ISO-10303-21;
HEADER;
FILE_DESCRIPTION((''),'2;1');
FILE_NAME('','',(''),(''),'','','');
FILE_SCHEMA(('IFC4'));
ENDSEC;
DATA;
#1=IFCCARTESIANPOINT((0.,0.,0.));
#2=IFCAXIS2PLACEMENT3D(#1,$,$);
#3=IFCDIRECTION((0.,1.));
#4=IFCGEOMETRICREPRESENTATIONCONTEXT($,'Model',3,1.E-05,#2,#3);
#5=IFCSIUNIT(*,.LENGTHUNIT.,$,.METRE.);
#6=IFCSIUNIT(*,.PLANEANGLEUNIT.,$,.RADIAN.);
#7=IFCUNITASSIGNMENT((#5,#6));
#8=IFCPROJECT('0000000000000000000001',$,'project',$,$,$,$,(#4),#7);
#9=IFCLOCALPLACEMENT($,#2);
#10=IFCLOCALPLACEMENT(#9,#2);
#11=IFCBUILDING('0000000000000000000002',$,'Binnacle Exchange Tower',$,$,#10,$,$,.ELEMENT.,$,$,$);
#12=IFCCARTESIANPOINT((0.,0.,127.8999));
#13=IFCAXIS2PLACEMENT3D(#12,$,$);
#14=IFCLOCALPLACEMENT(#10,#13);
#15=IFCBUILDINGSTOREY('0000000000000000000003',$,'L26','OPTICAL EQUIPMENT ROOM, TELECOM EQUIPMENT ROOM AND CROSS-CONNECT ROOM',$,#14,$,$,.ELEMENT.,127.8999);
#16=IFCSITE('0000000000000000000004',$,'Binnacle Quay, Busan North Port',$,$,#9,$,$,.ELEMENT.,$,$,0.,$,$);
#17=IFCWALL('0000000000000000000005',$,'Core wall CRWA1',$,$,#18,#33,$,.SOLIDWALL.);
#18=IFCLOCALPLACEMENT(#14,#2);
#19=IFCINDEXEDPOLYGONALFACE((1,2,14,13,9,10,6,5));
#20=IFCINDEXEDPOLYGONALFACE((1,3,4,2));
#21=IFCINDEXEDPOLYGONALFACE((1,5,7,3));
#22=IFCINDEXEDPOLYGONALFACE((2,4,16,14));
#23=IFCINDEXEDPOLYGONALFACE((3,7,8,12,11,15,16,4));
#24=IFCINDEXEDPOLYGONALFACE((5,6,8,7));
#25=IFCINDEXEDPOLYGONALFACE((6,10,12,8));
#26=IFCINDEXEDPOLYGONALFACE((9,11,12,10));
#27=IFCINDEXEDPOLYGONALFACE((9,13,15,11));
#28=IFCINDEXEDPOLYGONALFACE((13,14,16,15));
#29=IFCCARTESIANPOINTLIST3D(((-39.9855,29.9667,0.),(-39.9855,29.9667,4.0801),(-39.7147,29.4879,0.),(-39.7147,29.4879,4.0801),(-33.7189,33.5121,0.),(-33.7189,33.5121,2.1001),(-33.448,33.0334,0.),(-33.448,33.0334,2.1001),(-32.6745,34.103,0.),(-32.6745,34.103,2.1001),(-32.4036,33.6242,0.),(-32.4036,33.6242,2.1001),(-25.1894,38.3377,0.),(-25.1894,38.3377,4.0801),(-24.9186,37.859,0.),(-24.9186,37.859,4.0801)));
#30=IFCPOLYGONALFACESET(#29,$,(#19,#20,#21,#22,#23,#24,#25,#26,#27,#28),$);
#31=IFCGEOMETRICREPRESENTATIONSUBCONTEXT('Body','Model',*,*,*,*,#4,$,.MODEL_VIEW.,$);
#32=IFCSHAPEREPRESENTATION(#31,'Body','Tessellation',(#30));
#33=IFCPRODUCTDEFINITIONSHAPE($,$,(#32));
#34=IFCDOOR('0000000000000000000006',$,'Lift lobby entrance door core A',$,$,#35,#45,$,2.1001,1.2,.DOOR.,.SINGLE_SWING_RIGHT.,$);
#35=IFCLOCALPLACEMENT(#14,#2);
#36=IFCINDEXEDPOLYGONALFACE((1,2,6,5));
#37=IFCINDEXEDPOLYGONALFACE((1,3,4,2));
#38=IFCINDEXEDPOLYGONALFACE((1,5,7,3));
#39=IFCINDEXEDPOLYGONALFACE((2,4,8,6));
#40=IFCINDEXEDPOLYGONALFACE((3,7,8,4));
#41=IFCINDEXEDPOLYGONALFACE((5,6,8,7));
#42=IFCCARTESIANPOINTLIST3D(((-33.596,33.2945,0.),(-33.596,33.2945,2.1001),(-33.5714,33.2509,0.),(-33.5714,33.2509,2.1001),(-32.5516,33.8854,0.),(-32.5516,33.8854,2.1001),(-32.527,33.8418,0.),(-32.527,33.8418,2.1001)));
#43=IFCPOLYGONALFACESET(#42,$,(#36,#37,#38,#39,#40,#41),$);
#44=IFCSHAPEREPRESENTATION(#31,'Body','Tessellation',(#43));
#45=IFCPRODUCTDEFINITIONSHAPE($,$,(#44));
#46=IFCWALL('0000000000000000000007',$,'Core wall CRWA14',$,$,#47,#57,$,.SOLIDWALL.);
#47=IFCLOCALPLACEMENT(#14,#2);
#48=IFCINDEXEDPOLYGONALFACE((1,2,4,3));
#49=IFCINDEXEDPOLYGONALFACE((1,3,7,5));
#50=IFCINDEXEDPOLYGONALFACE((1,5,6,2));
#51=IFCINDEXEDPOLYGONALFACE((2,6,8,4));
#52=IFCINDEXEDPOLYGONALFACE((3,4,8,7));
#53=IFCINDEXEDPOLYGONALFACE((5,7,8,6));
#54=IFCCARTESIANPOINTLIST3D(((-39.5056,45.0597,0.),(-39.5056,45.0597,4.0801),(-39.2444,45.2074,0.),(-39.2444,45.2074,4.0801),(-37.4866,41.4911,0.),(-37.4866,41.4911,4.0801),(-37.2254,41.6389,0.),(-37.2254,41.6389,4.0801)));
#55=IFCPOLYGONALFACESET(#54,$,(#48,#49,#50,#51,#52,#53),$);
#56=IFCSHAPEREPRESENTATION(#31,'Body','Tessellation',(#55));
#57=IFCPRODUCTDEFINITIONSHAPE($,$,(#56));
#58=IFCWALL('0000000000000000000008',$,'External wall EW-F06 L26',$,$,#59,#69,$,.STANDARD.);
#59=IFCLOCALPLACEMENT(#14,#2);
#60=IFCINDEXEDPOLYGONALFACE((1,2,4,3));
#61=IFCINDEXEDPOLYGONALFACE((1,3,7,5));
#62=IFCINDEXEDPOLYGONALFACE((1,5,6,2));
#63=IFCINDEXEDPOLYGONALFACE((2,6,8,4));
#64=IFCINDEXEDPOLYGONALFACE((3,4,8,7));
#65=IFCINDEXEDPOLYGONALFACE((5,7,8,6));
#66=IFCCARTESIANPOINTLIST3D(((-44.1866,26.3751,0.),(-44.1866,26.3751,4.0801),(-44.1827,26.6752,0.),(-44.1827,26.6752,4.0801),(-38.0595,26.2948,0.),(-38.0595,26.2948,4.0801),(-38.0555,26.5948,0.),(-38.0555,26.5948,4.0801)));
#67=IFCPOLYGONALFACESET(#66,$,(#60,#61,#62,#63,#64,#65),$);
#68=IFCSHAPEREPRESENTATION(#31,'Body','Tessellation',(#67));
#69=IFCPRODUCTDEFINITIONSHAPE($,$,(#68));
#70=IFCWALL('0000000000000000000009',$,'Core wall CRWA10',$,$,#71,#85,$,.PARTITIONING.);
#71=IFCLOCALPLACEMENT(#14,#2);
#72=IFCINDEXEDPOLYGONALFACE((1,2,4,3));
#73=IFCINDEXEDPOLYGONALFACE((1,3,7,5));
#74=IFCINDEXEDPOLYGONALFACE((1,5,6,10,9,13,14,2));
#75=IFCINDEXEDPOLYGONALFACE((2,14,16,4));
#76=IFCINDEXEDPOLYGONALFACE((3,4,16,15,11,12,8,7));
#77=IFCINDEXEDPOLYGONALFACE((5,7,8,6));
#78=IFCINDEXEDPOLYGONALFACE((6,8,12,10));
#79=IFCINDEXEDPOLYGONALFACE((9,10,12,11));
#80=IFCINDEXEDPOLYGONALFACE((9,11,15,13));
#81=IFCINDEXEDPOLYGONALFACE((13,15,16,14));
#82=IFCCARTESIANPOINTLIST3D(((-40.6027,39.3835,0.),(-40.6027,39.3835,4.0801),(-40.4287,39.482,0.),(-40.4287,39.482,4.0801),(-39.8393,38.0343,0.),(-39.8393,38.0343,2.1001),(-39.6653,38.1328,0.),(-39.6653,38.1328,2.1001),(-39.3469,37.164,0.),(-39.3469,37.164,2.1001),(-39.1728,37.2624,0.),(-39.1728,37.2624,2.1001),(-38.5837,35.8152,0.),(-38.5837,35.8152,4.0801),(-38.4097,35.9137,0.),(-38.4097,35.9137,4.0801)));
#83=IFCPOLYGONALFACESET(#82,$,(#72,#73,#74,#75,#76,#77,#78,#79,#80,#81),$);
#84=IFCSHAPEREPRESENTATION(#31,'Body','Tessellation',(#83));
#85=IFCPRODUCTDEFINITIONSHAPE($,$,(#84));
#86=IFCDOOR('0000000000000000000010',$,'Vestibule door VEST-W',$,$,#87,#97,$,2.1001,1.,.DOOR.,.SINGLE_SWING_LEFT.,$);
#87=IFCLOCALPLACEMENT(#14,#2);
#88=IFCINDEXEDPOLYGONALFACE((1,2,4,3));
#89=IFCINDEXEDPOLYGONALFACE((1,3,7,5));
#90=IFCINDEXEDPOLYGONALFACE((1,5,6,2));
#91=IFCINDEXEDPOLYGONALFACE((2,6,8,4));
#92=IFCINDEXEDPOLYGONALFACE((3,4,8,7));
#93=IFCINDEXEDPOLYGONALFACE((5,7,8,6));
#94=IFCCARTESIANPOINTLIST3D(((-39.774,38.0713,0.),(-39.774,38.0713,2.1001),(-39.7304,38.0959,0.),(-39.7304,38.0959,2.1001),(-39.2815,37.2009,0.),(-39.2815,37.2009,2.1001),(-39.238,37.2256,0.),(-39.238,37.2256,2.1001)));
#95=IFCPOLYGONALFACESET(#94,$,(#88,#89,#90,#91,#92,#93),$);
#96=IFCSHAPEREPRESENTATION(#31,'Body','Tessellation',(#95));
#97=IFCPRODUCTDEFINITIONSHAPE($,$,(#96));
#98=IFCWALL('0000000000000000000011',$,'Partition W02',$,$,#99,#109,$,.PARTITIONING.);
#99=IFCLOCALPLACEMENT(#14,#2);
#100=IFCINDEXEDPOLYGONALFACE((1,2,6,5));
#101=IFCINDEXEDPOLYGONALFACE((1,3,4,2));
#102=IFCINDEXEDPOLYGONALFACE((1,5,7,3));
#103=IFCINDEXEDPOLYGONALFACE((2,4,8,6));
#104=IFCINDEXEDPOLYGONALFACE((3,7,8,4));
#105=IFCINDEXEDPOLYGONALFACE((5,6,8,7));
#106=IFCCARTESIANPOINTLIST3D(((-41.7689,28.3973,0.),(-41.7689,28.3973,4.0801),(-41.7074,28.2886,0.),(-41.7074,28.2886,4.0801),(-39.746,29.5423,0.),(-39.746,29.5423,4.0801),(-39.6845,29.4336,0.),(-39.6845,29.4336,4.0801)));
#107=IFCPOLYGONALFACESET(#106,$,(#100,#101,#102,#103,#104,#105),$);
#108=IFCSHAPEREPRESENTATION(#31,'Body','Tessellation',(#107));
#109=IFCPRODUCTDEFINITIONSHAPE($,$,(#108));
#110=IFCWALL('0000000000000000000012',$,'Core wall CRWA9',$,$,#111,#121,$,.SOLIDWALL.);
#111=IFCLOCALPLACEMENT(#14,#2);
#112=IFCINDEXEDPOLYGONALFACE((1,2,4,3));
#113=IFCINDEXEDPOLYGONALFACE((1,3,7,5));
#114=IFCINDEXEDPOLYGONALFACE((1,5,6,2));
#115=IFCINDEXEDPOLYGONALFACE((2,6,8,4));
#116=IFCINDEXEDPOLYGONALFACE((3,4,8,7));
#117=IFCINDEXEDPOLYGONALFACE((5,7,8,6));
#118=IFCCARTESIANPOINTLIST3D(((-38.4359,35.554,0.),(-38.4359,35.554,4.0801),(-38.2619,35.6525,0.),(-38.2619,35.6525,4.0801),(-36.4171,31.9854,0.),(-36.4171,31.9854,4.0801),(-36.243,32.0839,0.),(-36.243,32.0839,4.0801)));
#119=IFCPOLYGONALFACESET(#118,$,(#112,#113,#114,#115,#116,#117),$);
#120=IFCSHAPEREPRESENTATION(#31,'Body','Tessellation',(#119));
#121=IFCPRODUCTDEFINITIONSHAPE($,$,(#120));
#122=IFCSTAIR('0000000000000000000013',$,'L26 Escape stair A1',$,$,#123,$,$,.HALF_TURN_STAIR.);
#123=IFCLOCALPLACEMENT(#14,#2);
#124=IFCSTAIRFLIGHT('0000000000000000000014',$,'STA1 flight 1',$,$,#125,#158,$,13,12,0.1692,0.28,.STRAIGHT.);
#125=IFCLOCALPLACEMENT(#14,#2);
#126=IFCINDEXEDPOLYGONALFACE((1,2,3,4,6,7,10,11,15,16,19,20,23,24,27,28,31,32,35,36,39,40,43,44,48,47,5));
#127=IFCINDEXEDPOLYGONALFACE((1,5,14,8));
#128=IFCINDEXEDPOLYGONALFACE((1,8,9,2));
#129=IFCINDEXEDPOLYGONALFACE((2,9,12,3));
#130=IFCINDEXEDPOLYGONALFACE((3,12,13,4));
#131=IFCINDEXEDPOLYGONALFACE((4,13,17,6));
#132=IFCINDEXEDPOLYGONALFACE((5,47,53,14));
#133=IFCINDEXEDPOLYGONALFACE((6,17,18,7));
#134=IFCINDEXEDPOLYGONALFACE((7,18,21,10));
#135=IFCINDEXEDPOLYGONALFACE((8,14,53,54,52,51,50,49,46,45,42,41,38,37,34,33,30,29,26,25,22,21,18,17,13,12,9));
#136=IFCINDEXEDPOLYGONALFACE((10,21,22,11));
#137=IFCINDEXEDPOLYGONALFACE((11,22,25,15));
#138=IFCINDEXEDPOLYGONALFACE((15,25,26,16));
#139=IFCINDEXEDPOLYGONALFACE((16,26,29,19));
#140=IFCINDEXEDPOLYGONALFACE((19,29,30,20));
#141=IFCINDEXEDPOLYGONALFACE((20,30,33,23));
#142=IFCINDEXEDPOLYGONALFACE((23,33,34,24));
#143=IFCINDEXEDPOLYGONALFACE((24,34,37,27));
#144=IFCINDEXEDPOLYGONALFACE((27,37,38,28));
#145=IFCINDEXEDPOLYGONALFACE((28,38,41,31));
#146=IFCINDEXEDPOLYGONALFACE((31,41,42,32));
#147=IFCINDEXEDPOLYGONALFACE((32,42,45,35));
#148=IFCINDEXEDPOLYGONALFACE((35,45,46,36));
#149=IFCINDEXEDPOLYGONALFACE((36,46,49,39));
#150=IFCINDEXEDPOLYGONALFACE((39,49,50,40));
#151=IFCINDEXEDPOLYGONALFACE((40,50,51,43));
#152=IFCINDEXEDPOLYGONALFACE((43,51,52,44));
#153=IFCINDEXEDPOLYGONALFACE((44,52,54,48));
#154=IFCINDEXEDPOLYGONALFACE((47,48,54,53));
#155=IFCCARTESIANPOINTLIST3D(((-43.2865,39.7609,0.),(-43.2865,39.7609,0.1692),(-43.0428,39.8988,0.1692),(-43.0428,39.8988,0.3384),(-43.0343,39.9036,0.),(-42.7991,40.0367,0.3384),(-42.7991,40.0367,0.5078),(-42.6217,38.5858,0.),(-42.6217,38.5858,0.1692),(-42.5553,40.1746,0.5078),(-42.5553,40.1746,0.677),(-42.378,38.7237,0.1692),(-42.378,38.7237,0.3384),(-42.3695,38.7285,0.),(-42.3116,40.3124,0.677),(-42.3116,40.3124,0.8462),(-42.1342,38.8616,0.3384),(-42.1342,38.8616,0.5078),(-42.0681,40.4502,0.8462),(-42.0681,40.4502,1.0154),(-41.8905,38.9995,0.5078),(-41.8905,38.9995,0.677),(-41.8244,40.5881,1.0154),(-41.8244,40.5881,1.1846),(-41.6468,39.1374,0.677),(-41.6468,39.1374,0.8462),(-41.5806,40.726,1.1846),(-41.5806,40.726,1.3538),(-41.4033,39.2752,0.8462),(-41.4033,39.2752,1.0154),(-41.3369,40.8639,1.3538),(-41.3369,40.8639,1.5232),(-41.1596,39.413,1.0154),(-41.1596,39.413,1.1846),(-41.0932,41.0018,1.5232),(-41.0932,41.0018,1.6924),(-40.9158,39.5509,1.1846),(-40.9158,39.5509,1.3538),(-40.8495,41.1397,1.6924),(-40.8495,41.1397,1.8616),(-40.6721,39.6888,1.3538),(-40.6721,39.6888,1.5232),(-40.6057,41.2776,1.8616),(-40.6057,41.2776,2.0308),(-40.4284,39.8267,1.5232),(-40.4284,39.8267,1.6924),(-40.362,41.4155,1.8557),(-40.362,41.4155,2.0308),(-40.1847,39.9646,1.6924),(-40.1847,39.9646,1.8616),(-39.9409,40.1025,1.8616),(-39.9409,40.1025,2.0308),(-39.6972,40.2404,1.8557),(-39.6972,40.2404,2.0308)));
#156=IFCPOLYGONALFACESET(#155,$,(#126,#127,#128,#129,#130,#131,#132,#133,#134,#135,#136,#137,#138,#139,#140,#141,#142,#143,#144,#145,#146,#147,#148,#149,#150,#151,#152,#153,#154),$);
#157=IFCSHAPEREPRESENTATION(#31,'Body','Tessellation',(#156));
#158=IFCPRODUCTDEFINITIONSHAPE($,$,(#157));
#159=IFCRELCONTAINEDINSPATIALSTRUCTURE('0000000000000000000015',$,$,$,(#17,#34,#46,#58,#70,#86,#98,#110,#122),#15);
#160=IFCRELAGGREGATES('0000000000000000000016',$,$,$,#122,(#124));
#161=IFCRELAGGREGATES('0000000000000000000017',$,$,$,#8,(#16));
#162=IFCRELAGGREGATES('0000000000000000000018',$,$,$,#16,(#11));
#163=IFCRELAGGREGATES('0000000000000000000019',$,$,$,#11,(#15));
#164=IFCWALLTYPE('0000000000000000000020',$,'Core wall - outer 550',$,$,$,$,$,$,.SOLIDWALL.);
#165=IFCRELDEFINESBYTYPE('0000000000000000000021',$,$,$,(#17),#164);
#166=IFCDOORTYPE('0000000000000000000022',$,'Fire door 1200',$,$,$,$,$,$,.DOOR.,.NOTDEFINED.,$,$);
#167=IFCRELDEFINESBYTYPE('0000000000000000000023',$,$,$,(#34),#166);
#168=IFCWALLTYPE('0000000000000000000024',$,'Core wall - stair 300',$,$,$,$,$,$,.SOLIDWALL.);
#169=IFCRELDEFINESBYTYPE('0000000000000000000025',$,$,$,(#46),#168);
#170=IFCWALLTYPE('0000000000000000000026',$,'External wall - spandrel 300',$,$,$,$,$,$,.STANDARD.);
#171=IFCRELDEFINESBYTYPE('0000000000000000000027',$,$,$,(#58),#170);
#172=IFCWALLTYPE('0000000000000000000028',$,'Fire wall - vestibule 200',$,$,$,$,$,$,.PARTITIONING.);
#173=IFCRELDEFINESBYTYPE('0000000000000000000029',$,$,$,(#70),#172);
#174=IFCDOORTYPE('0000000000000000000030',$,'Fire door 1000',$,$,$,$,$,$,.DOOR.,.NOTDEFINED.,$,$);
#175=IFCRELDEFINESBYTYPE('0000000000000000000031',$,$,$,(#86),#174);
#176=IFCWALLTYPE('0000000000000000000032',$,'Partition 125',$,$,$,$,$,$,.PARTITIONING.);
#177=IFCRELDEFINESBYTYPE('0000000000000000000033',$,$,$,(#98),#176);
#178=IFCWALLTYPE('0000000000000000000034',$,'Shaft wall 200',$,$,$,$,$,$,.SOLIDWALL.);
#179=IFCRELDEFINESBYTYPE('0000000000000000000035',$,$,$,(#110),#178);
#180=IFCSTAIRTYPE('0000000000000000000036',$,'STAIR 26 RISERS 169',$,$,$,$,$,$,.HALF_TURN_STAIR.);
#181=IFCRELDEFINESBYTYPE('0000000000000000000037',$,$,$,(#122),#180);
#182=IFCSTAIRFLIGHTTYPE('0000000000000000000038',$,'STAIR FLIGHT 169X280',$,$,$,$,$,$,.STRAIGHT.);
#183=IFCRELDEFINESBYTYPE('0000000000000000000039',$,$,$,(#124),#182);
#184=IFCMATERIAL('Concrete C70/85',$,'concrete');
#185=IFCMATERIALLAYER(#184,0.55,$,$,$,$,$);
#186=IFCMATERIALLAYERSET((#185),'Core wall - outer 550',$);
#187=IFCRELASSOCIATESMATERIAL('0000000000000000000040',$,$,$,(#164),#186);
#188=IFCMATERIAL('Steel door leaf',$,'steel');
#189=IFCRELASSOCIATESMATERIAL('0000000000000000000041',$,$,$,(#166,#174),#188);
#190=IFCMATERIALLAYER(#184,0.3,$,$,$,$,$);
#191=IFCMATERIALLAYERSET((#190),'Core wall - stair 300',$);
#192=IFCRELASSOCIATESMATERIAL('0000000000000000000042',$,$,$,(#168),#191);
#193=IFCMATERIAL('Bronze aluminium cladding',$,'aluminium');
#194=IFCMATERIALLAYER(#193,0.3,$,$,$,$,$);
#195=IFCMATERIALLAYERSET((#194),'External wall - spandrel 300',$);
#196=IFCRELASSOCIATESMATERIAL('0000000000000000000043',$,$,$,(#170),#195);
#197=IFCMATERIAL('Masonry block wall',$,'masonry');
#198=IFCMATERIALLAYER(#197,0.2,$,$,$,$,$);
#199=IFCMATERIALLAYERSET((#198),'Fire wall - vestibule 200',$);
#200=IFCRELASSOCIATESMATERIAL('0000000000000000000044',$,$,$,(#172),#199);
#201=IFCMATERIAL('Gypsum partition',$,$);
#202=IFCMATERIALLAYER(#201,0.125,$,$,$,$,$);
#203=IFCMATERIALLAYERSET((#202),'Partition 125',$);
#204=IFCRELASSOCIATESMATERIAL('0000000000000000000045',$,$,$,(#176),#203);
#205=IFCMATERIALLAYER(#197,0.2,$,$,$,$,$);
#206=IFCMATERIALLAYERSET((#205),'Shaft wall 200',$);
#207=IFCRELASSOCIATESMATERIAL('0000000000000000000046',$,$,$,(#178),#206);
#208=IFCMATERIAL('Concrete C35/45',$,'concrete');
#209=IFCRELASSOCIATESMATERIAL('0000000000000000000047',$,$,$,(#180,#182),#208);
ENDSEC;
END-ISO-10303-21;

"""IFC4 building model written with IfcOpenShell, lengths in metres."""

from ifc_helpers import new_model, si_unit, direction, frame, frame_2d, origin, place, context, subcontext, project, spatial, polyline, rectangle, outline, extrude, material, layer, layer_set, type_object, element, fill, aggregate, save


model = new_model("IFC4")

# Units and contexts
model_context = context("Model", 3, precision=1e-05, world=origin(), true_north=direction((0.0, 1.0)))
body_context = subcontext(model_context, "Body", "Model", "MODEL_VIEW")
ifc_project = project(units=[si_unit("LENGTHUNIT", "METRE"), si_unit("PLANEANGLEUNIT", "RADIAN")], contexts=[model_context])

# Site, building, storey
site_placement = place(None, origin())
site = spatial("IfcSite", under=ifc_project, at=site_placement, Name="Binnacle Quay, Busan North Port", CompositionType="ELEMENT", RefElevation=0.0)
building_placement = place(site_placement, origin())
building = spatial("IfcBuilding", under=site, at=building_placement, Name="Binnacle Exchange Tower", CompositionType="ELEMENT")
storey_placement = place(building_placement, frame((0.0, 0.0, 127.8999)))
storey = spatial("IfcBuildingStorey", under=building, at=storey_placement, Name="L26", Description="OPTICAL EQUIPMENT ROOM, TELECOM EQUIPMENT ROOM AND CROSS-CONNECT ROOM", CompositionType="ELEMENT", Elevation=127.8999)

# Shared definitions
ifc_material_1 = material(Name="Concrete C70/85", Category="concrete")

# Shared definitions
ifc_material_2 = material(Name="Steel door leaf", Category="steel")

# Wall, opening, door
ifc_layer_1 = layer(ifc_material_1, 0.55)
ifc_layer_set_1 = layer_set([ifc_layer_1], Name="Core wall - outer 550")
wall_type_1 = type_object("IfcWallType", Name="Core wall - outer 550", PredefinedType="SOLIDWALL", material=ifc_layer_set_1)
wall_1_placement = place(storey_placement, frame((-39.8501, 29.7273, 0.0), z_axis=(0.0, 0.0, 1.0), x_axis=(0.87036, 0.492416, 0.0)))
wall_1 = element("IfcWall", 1, at=wall_1_placement, inside=storey, type_object=wall_type_1, Name="Core wall CRWA1", PredefinedType="SOLIDWALL", context=body_context, shape_type="SweptSolid", body=[
    extrude(rectangle(XDim=17.0, YDim=0.55, at=frame_2d((8.5, 0.0))), origin(), (0.0, 0.0, 1.0), 4.0801),
])
opening_1_placement = place(wall_1_placement, frame((7.2, 0.0, 0.0)))
opening_1 = element("IfcOpeningElement", 2, at=opening_1_placement, cuts=wall_1, PredefinedType="OPENING", context=body_context, shape_type="SweptSolid", body=[
    extrude(rectangle(XDim=1.2, YDim=2.1001, at=frame_2d((0.6001, 1.05))), frame((0.0, 0.2849, 0.0), z_axis=(0.0, -1.0, 0.0), x_axis=(1.0, 0.0, 0.0)), (0.0, 0.0, 1.0), 0.5701),
])
door_type_1 = type_object("IfcDoorType", Name="Fire door 1200", OperationType="NOTDEFINED", PredefinedType="DOOR", material=ifc_material_2)
door_1_placement = place(opening_1_placement, frame((1.2, 0.0, 0.0), z_axis=(0.0, 0.0, 1.0), x_axis=(-1.0, 0.0, 0.0)))
door_1 = element("IfcDoor", 3, at=door_1_placement, inside=storey, type_object=door_type_1, Name="Lift lobby entrance door core A", OperationType="SINGLE_SWING_RIGHT", OverallHeight=2.1001, OverallWidth=1.2, PredefinedType="DOOR", context=body_context, shape_type="SweptSolid", body=[
    extrude(rectangle(XDim=1.2, YDim=2.1001, at=frame_2d((0.6001, 1.05))), frame((0.0, 0.0249, 0.0), z_axis=(0.0, -1.0, 0.0), x_axis=(1.0, 0.0, 0.0)), (0.0, 0.0, 1.0), 0.05),
])
fill(opening_1, door_1)

# Walls
ifc_layer_2 = layer(ifc_material_1, 0.3)
ifc_layer_set_2 = layer_set([ifc_layer_2], Name="Core wall - stair 300")
wall_type_2 = type_object("IfcWallType", Name="Core wall - stair 300", PredefinedType="SOLIDWALL", material=ifc_layer_set_2)
wall_2_placement = place(storey_placement, frame((-39.375, 45.1335, 0.0), z_axis=(0.0, 0.0, 1.0), x_axis=(0.492428, -0.870353, 0.0)))
element("IfcWall", 4, at=wall_2_placement, inside=storey, type_object=wall_type_2, Name="Core wall CRWA14", PredefinedType="SOLIDWALL", context=body_context, shape_type="SweptSolid", body=[
    extrude(rectangle(XDim=4.1001, YDim=0.3, at=frame_2d((2.05, 0.0))), origin(), (0.0, 0.0, 1.0), 4.0801),
])
ifc_material_3 = material(Name="Bronze aluminium cladding", Category="aluminium")
ifc_layer_3 = layer(ifc_material_3, 0.3)
ifc_layer_set_3 = layer_set([ifc_layer_3], Name="External wall - spandrel 300")
wall_type_3 = type_object("IfcWallType", Name="External wall - spandrel 300", PredefinedType="STANDARD", material=ifc_layer_set_3)
wall_3_placement = place(storey_placement, frame((-38.0574, 26.4448, 0.0), z_axis=(0.0, 0.0, 1.0), x_axis=(-0.999914, 0.013108, 0.0)))
element("IfcWall", 5, at=wall_3_placement, inside=storey, type_object=wall_type_3, Name="External wall EW-F06 L26", PredefinedType="STANDARD", context=body_context, shape_type="SweptSolid", body=[
    extrude(rectangle(XDim=6.1277, YDim=0.3, at=frame_2d((3.064, 0.0))), origin(), (0.0, 0.0, 1.0), 4.0801),
])

# Wall, opening, door
ifc_material_4 = material(Name="Masonry block wall", Category="masonry")
ifc_layer_4 = layer(ifc_material_4, 0.2)
ifc_layer_set_4 = layer_set([ifc_layer_4], Name="Fire wall - vestibule 200")
wall_type_4 = type_object("IfcWallType", Name="Fire wall - vestibule 200", PredefinedType="PARTITIONING", material=ifc_layer_set_4)
wall_4_placement = place(storey_placement, frame((-40.5156, 39.4326, 0.0), z_axis=(0.0, 0.0, 1.0), x_axis=(0.492454, -0.870339, 0.0)))
wall_4 = element("IfcWall", 6, at=wall_4_placement, inside=storey, type_object=wall_type_4, Name="Core wall CRWA10", PredefinedType="PARTITIONING", context=body_context, shape_type="SweptSolid", body=[
    extrude(rectangle(XDim=4.0999, YDim=0.2, at=frame_2d((2.0498, 0.0))), origin(), (0.0, 0.0, 1.0), 4.0801),
])
opening_2_placement = place(wall_4_placement, frame((1.55, 0.0, 0.0)))
opening_2 = element("IfcOpeningElement", 7, at=opening_2_placement, cuts=wall_4, PredefinedType="OPENING", context=body_context, shape_type="SweptSolid", body=[
    extrude(rectangle(XDim=1.0, YDim=2.1001, at=frame_2d((0.5, 1.05))), frame((0.0, 0.1099, 0.0), z_axis=(0.0, -1.0, 0.0), x_axis=(1.0, 0.0, 0.0)), (0.0, 0.0, 1.0), 0.22),
])
door_type_2 = type_object("IfcDoorType", Name="Fire door 1000", OperationType="NOTDEFINED", PredefinedType="DOOR", material=ifc_material_2)
door_2_placement = place(opening_2_placement, frame((1.0, 0.0, 0.0), z_axis=(0.0, 0.0, 1.0), x_axis=(-1.0, 0.0, 0.0)))
door_2 = element("IfcDoor", 8, at=door_2_placement, inside=storey, type_object=door_type_2, Name="Vestibule door VEST-W", OperationType="SINGLE_SWING_LEFT", OverallHeight=2.1001, OverallWidth=1.0, PredefinedType="DOOR", context=body_context, shape_type="SweptSolid", body=[
    extrude(rectangle(XDim=1.0, YDim=2.1001, at=frame_2d((0.5, 1.05))), frame((0.0, 0.0249, 0.0), z_axis=(0.0, -1.0, 0.0), x_axis=(1.0, 0.0, 0.0)), (0.0, 0.0, 1.0), 0.05),
])
fill(opening_2, door_2)

# Walls
ifc_material_5 = material(Name="Gypsum partition")
ifc_layer_5 = layer(ifc_material_5, 0.125)
ifc_layer_set_5 = layer_set([ifc_layer_5], Name="Partition 125")
wall_type_5 = type_object("IfcWallType", Name="Partition 125", PredefinedType="PARTITIONING", material=ifc_layer_set_5)
wall_5_placement = place(storey_placement, frame((-41.738, 28.343, 0.0), z_axis=(0.0, 0.0, 1.0), x_axis=(0.870265, 0.492583, 0.0)))
element("IfcWall", 9, at=wall_5_placement, inside=storey, type_object=wall_type_5, Name="Partition W02", PredefinedType="PARTITIONING", context=body_context, shape_type="SweptSolid", body=[
    extrude(rectangle(XDim=2.3245, YDim=0.125, at=frame_2d((1.1621, 0.0))), origin(), (0.0, 0.0, 1.0), 4.0801),
])
ifc_layer_6 = layer(ifc_material_4, 0.2)
ifc_layer_set_6 = layer_set([ifc_layer_6], Name="Shaft wall 200")
wall_type_6 = type_object("IfcWallType", Name="Shaft wall 200", PredefinedType="SOLIDWALL", material=ifc_layer_set_6)
wall_6_placement = place(storey_placement, frame((-38.3489, 35.6033, 0.0), z_axis=(0.0, 0.0, 1.0), x_axis=(0.492383, -0.870379, 0.0)))
element("IfcWall", 10, at=wall_6_placement, inside=storey, type_object=wall_type_6, Name="Core wall CRWA9", PredefinedType="SOLIDWALL", context=body_context, shape_type="SweptSolid", body=[
    extrude(rectangle(XDim=4.1001, YDim=0.2, at=frame_2d((2.05, 0.0))), origin(), (0.0, 0.0, 1.0), 4.0801),
])

# Stair, stair flight
ifc_material_6 = material(Name="Concrete C35/45", Category="concrete")
stair_type = type_object("IfcStairType", Name="STAIR 26 RISERS 169", PredefinedType="HALF_TURN_STAIR", material=ifc_material_6)
stair_placement = place(storey_placement, origin())
stair = element("IfcStair", 11, at=stair_placement, inside=storey, type_object=stair_type, Name="L26 Escape stair A1", PredefinedType="HALF_TURN_STAIR")
stair_flight_type = type_object("IfcStairFlightType", Name="STAIR FLIGHT 169X280", PredefinedType="STRAIGHT", material=ifc_material_6)
stair_flight_1_placement = place(storey_placement, frame((-42.9541, 39.1733, 0.0), z_axis=(0.0, 0.0, 1.0), x_axis=(0.870356, 0.492424, 0.0)))
stair_flight_1 = element("IfcStairFlight", 12, at=stair_flight_1_placement, type_object=stair_flight_type, Name="STA1 flight 1", NumberOfRisers=13, NumberOfTreads=12, PredefinedType="STRAIGHT", RiserHeight=0.1692, TreadLength=0.28, context=body_context, shape_type="SweptSolid", body=[
    extrude(outline(polyline([(0.0, 0.0), (0.0, 0.1692), (0.28, 0.1692), (0.28, 0.3384), (0.5601, 0.3384), (0.5601, 0.5078), (0.8401, 0.5078), (0.8401, 0.677), (1.1201, 0.677), (1.1201, 0.8462), (1.3999, 0.8462), (1.3999, 1.0154), (1.6799, 1.0154), (1.6799, 1.1846), (1.96, 1.1846), (1.96, 1.3538), (2.24, 1.3538), (2.24, 1.5232), (2.52, 1.5232), (2.52, 1.6924), (2.8, 1.6924), (2.8, 1.8616), (3.0801, 1.8616), (3.0801, 2.0308), (3.3601, 2.0308), (3.3601, 2.2), (3.3601, 1.8557), (0.2898, 0.0), (0.0, 0.0)])), frame((0.0, 0.675, 0.0), z_axis=(0.0, -1.0, 0.0), x_axis=(1.0, 0.0, 0.0)), (0.0, 0.0, 1.0), 1.3501),
])
aggregate(stair, [stair_flight_1])

save(model, "model.ifc")
